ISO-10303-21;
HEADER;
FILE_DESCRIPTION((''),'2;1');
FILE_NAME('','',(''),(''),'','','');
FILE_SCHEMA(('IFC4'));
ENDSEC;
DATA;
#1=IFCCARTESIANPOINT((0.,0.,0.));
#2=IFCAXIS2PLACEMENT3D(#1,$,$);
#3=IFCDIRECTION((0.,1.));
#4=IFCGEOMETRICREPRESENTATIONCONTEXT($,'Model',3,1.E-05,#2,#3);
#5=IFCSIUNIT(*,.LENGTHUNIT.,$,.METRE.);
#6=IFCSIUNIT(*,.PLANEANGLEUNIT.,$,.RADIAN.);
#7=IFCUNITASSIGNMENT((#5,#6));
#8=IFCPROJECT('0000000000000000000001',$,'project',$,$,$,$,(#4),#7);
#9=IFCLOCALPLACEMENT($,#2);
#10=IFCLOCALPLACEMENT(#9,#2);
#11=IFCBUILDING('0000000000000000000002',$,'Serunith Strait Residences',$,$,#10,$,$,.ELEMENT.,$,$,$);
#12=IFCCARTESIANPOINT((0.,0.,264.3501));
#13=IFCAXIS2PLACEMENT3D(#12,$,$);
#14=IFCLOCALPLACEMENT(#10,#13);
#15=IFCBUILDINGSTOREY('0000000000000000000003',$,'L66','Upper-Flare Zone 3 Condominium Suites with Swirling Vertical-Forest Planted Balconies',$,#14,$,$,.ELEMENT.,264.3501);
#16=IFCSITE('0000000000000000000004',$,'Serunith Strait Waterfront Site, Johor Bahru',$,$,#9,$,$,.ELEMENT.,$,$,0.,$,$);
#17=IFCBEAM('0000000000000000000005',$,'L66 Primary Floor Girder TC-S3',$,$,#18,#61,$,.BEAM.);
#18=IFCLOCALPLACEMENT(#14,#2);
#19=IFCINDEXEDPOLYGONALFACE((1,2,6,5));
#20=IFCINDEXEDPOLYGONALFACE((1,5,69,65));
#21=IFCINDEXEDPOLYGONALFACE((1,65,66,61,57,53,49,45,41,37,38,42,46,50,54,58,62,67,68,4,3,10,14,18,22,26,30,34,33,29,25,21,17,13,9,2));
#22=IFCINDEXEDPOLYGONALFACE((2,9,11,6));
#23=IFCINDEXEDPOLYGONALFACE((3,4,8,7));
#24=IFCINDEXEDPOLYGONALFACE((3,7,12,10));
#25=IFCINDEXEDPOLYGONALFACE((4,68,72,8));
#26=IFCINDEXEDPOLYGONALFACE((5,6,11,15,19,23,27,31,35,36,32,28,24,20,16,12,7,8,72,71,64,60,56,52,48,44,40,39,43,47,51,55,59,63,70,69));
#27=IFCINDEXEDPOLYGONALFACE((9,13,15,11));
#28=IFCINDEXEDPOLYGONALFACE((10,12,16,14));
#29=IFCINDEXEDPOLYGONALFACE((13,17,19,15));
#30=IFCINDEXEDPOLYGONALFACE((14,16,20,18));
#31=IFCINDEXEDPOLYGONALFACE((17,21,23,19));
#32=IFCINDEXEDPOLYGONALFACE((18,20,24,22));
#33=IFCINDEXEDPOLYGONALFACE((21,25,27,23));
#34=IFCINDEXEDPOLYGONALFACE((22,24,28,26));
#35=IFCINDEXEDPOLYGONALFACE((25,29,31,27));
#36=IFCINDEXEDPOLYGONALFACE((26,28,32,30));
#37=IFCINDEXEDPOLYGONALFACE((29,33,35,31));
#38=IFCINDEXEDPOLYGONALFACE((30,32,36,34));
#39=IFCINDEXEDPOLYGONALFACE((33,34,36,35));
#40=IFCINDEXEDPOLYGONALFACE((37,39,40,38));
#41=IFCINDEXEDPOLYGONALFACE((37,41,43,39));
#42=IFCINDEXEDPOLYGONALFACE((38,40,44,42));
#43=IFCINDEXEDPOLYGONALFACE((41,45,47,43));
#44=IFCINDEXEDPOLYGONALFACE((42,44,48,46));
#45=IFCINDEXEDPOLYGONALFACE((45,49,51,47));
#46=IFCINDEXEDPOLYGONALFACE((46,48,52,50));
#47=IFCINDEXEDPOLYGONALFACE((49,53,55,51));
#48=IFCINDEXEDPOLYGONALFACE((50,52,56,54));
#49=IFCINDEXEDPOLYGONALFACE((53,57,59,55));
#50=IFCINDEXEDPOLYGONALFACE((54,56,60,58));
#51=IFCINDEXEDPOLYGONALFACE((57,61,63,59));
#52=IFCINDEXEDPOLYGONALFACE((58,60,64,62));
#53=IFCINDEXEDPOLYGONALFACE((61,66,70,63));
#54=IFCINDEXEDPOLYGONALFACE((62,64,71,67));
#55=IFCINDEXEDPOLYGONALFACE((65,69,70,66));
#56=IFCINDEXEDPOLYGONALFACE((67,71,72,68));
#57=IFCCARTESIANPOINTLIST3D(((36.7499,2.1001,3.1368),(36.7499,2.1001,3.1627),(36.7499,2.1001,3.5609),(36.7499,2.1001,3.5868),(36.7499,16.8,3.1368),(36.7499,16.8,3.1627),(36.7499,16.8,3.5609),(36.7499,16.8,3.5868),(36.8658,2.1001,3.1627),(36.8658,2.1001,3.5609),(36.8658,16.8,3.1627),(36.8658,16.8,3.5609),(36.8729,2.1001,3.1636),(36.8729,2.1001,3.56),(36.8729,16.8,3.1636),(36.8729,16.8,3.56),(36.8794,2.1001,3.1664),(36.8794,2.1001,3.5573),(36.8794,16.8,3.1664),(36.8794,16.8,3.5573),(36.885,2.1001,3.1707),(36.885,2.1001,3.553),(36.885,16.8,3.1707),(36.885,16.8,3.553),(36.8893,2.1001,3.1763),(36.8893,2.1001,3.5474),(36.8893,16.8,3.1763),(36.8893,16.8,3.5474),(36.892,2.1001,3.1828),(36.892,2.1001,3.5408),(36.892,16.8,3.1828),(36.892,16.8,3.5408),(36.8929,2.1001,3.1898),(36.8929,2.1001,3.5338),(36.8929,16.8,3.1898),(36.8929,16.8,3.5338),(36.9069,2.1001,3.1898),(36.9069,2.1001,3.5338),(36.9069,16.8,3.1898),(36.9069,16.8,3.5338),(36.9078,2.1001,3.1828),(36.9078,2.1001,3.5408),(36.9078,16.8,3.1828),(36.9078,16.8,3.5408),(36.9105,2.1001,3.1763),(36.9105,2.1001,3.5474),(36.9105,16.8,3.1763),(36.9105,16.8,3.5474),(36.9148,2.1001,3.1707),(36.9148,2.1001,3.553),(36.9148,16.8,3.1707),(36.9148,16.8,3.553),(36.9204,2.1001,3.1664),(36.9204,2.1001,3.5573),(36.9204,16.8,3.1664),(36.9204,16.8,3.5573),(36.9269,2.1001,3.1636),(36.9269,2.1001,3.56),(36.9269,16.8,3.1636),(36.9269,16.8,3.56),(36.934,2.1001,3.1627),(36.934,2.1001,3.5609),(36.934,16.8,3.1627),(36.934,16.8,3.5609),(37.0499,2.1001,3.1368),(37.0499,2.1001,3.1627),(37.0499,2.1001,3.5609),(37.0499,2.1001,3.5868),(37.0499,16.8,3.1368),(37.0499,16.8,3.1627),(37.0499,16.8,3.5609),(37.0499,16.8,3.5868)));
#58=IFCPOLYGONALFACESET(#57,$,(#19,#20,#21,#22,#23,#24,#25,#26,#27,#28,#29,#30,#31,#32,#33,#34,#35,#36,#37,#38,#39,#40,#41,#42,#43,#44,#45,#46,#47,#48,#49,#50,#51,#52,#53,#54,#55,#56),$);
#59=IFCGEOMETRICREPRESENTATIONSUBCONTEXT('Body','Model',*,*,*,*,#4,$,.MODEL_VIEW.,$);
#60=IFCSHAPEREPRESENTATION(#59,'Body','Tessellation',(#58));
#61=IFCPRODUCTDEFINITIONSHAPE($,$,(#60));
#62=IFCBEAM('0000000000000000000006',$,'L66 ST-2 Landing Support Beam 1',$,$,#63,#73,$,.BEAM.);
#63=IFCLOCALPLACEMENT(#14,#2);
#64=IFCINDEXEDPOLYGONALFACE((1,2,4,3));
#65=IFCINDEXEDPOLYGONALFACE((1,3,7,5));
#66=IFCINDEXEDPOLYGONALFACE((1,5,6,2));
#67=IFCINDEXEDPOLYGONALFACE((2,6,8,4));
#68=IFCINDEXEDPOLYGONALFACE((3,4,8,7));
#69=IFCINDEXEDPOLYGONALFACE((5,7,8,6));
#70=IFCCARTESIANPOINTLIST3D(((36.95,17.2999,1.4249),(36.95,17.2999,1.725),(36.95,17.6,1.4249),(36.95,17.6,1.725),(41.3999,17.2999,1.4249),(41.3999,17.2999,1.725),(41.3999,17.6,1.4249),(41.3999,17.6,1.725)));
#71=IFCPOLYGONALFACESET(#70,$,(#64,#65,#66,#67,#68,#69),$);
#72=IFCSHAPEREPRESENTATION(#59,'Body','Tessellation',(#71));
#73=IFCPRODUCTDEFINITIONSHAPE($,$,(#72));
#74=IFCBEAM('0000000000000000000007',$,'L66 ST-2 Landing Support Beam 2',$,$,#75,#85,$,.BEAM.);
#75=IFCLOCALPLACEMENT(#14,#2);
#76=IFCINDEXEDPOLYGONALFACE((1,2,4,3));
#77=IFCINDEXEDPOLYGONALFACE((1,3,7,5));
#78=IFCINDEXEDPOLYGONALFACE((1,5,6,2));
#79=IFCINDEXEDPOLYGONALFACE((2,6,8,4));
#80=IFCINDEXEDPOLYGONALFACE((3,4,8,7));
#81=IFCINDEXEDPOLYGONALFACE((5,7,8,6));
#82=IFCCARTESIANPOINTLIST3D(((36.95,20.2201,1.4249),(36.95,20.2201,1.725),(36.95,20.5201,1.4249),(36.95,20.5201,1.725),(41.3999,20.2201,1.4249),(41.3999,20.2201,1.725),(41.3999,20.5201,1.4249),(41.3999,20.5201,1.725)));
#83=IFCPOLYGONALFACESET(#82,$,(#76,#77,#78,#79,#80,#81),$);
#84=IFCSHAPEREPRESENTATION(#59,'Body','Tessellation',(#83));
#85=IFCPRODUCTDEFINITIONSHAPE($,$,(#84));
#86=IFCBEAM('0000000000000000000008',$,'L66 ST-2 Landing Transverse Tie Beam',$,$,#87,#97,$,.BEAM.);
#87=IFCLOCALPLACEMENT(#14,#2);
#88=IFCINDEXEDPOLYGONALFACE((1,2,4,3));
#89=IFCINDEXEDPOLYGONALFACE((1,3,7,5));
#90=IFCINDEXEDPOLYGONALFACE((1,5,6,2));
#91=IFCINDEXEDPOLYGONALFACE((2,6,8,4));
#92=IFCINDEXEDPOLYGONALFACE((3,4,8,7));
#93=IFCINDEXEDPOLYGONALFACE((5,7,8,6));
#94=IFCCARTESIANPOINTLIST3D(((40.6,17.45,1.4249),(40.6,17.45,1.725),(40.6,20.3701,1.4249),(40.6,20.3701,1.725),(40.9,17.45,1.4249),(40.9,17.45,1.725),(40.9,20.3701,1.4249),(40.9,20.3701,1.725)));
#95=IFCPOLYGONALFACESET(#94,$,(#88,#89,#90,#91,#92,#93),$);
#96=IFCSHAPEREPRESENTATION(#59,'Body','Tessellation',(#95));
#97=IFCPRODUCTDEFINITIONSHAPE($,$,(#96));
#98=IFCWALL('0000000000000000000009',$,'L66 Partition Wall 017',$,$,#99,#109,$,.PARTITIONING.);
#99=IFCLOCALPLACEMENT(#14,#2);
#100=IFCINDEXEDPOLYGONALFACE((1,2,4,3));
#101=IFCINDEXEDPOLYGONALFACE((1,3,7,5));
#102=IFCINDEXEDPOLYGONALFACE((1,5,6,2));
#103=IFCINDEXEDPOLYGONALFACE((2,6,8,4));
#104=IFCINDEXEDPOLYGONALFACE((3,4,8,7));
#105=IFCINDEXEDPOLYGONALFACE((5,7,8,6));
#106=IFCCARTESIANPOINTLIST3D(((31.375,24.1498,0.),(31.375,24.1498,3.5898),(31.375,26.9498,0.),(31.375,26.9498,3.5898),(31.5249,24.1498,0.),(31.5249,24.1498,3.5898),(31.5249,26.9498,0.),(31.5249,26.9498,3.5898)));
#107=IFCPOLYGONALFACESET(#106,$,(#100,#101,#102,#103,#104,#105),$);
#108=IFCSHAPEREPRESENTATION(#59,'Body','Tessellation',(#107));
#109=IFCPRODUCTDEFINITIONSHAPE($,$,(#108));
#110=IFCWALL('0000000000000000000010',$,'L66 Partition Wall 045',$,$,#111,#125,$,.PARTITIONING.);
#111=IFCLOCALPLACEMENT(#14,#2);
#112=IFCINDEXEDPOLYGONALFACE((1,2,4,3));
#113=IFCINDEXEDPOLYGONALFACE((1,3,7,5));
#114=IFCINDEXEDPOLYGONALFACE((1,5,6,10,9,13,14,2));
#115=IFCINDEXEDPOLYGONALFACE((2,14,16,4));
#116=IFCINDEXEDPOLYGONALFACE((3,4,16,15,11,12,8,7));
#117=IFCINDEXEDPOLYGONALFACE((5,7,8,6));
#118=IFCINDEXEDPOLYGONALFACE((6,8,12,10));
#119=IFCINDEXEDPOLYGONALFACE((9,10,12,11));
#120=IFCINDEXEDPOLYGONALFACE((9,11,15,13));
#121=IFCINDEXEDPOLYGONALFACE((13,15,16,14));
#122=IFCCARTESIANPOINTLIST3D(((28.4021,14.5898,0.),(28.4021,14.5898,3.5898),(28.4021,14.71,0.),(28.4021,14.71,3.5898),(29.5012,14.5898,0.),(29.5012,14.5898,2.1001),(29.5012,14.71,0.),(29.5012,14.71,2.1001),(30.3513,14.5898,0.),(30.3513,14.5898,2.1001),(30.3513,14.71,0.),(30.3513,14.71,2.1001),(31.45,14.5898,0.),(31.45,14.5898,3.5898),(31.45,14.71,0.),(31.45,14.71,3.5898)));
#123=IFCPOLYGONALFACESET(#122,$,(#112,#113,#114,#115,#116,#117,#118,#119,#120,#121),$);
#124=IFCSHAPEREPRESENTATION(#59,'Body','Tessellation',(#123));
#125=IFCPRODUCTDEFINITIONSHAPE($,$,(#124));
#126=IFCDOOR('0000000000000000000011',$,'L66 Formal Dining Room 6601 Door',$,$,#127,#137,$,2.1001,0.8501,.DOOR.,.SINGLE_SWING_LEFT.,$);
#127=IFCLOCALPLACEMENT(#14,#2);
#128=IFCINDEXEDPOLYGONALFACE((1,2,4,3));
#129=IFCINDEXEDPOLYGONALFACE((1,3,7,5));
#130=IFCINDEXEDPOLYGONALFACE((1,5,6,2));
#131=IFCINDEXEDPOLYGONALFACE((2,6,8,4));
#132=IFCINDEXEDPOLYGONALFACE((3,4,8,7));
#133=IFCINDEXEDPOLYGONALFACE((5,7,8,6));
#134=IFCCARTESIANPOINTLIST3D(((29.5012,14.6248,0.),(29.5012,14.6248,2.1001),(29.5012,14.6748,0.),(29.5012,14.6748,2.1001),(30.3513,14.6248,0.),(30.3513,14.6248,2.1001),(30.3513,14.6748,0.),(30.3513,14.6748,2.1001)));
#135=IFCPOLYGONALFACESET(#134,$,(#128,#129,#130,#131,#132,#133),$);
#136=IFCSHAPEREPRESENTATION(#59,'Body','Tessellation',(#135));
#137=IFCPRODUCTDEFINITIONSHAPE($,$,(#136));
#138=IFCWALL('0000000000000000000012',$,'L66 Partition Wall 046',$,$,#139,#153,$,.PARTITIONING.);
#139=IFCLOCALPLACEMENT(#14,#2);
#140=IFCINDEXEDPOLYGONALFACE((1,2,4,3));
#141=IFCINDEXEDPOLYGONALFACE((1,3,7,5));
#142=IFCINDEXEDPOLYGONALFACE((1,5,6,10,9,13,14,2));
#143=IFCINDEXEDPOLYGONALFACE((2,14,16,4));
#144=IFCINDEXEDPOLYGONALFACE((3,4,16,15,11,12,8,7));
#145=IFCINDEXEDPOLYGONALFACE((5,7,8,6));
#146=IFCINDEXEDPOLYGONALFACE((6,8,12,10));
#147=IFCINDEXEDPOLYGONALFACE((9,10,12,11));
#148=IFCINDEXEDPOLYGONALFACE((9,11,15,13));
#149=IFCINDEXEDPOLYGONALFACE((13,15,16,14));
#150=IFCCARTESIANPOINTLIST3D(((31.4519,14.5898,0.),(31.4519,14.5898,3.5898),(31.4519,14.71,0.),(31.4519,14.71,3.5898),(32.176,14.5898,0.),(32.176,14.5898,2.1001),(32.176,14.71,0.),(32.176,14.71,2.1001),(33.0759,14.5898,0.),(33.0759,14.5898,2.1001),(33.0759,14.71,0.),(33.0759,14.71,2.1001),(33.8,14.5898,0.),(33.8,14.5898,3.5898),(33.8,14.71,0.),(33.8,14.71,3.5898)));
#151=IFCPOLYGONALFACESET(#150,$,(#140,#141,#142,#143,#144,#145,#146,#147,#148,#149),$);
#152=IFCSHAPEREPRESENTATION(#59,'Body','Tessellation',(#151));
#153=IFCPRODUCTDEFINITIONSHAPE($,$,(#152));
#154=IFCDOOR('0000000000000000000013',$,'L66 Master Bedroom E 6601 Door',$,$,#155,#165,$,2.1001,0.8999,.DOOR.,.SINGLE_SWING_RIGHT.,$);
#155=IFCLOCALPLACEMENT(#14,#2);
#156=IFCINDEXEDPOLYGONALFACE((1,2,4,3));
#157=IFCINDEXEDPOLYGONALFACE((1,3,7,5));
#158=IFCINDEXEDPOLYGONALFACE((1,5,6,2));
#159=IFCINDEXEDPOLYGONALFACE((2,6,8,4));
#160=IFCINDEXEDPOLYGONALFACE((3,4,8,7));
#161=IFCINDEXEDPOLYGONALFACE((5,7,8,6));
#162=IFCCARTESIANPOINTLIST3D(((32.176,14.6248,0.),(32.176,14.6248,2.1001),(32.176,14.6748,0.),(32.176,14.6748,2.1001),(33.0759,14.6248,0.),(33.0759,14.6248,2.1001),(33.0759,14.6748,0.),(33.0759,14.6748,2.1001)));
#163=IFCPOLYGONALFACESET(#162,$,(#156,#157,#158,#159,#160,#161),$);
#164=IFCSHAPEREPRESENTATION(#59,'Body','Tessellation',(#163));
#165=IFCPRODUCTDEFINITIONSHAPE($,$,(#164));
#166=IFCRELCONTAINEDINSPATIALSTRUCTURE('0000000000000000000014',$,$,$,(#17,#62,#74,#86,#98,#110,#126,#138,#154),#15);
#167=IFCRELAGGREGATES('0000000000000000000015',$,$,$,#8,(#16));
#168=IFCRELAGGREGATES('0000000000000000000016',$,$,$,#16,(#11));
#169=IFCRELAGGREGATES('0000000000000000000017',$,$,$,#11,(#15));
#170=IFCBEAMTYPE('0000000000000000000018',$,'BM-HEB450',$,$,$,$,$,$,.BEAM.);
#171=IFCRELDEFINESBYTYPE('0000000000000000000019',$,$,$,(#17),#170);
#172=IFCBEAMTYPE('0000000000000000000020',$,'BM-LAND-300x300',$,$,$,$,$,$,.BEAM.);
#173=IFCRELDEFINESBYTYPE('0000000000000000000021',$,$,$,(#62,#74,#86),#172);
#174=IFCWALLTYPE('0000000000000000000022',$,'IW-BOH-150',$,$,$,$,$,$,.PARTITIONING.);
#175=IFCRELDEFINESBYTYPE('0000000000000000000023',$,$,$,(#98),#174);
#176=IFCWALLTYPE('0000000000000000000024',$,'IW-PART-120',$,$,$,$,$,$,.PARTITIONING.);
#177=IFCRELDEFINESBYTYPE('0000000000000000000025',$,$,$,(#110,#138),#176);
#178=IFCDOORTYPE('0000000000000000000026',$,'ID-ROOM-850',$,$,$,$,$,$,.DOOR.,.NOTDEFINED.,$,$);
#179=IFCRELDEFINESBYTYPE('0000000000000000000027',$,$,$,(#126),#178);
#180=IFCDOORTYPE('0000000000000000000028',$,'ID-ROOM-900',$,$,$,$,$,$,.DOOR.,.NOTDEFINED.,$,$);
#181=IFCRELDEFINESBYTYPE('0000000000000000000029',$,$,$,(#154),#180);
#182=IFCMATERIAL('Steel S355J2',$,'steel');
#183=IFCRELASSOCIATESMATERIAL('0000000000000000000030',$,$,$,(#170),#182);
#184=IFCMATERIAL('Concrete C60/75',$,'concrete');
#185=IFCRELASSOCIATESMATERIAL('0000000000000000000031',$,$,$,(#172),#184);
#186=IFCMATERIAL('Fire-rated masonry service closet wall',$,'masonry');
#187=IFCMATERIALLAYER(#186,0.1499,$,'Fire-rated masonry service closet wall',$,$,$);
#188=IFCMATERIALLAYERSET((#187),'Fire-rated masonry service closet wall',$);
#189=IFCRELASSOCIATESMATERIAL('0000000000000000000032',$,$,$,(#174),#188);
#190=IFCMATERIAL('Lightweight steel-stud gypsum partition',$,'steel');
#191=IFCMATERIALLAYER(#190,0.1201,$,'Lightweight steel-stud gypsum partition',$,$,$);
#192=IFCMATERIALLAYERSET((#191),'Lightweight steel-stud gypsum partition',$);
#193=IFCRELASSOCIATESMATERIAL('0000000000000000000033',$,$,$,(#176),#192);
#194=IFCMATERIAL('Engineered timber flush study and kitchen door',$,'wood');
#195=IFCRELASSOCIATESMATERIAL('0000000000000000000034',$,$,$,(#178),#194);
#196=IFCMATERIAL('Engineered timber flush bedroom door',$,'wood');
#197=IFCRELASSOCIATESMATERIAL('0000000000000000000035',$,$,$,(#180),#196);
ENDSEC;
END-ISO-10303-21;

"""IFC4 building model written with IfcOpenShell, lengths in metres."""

from ifc_helpers import new_model, si_unit, direction, frame, frame_2d, origin, origin_2d, place, context, subcontext, project, spatial, rectangle, i_section, extrude, source, transform, mapped, material, layer, layer_set, material_profile, profile_set, type_object, element, fill, save


model = new_model("IFC4")

# Units and contexts
model_context = context("Model", 3, precision=1e-05, world=origin(), true_north=direction((0.0, 1.0)))
body_context = subcontext(model_context, "Body", "Model", "MODEL_VIEW")
ifc_project = project(units=[si_unit("LENGTHUNIT", "METRE"), si_unit("PLANEANGLEUNIT", "RADIAN")], contexts=[model_context])

# Site, building, storey
site_placement = place(None, origin())
site = spatial("IfcSite", under=ifc_project, at=site_placement, Name="Serunith Strait Waterfront Site, Johor Bahru", CompositionType="ELEMENT", RefElevation=0.0)
building_placement = place(site_placement, origin())
building = spatial("IfcBuilding", under=site, at=building_placement, Name="Serunith Strait Residences", CompositionType="ELEMENT")
storey_placement = place(building_placement, frame((0.0, 0.0, 264.3501)))
storey = spatial("IfcBuildingStorey", under=building, at=storey_placement, Name="L66", Description="Upper-Flare Zone 3 Condominium Suites with Swirling Vertical-Forest Planted Balconies", CompositionType="ELEMENT", Elevation=264.3501)

# Beams
ifc_material_1 = material(Name="Steel S355J2", Category="steel")
ifc_material_profile_1 = material_profile(ifc_material_1, i_section(OverallWidth=0.3, OverallDepth=0.45, WebThickness=0.0139, FlangeThickness=0.0259, FilletRadius=0.0271, at=origin_2d()), Name="HEB 450")
ifc_profile_set_1 = profile_set([ifc_material_profile_1], Name="Steel S355J2")
beam_type_1 = type_object("IfcBeamType", Name="BM-HEB450", PredefinedType="BEAM", material=ifc_profile_set_1)
shared_shape_1 = source(origin(), body_context, "Body", "SweptSolid", [
    extrude(i_section(OverallWidth=0.3, OverallDepth=0.45, WebThickness=0.0139, FlangeThickness=0.0259, FilletRadius=0.0271, at=origin_2d()), origin(), (0.0, 0.0, 1.0), 14.7),
])
beam_1_placement = place(storey_placement, frame((36.8999, 16.8, 3.3618), z_axis=(0.0, -1.0, 0.0), x_axis=(1.0, 0.0, 0.0)))
element("IfcBeam", 1, at=beam_1_placement, inside=storey, type_object=beam_type_1, Name="L66 Primary Floor Girder TC-S3", PredefinedType="BEAM", context=body_context, shape_type="MappedRepresentation", body=[
    mapped(shared_shape_1, transform((0.0, 0.0, 0.0), scale=1.0)),
])
ifc_material_2 = material(Name="Concrete C60/75", Category="concrete")
ifc_material_profile_2 = material_profile(ifc_material_2, rectangle(XDim=0.3, YDim=0.3, at=origin_2d()), Name="RC 300x300")
ifc_profile_set_2 = profile_set([ifc_material_profile_2], Name="Concrete C60/75")
beam_type_2 = type_object("IfcBeamType", Name="BM-LAND-300x300", PredefinedType="BEAM", material=ifc_profile_set_2)
shared_shape_2 = source(origin(), body_context, "Body", "SweptSolid", [
    extrude(rectangle(XDim=0.3, YDim=0.3, at=origin_2d()), origin(), (0.0, 0.0, 1.0), 4.45),
])
for number, where, z_axis, x_axis, name in (
    (2, (36.95, 17.45, 1.575), (1.0, 0.0, 0.0), (0.0, 1.0, 0.0), "L66 ST-2 Landing Support Beam 1"),
    (3, (36.95, 20.3701, 1.575), (1.0, 0.0, 0.0), (0.0, 1.0, 0.0), "L66 ST-2 Landing Support Beam 2"),
):
    element("IfcBeam", number, at=place(storey_placement, frame(where, z_axis=z_axis, x_axis=x_axis)), inside=storey, type_object=beam_type_2, Name=name, PredefinedType="BEAM", context=body_context, shape_type="MappedRepresentation", body=[
        mapped(shared_shape_2, transform((0.0, 0.0, 0.0), scale=1.0)),
    ])
shared_shape_3 = source(origin(), body_context, "Body", "SweptSolid", [
    extrude(rectangle(XDim=0.3, YDim=0.3, at=origin_2d()), origin(), (0.0, 0.0, 1.0), 2.9202),
])
beam_2_placement = place(storey_placement, frame((40.75, 17.45, 1.575), z_axis=(0.0, 1.0, 0.0), x_axis=(-1.0, 0.0, 0.0)))
element("IfcBeam", 4, at=beam_2_placement, inside=storey, type_object=beam_type_2, Name="L66 ST-2 Landing Transverse Tie Beam", PredefinedType="BEAM", context=body_context, shape_type="MappedRepresentation", body=[
    mapped(shared_shape_3, transform((0.0, 0.0, 0.0), scale=1.0)),
])

# Wall
ifc_material_3 = material(Name="Fire-rated masonry service closet wall", Category="masonry")
ifc_layer_1 = layer(ifc_material_3, 0.1499, Name="Fire-rated masonry service closet wall")
ifc_layer_set_1 = layer_set([ifc_layer_1], Name="Fire-rated masonry service closet wall")
wall_type_1 = type_object("IfcWallType", Name="IW-BOH-150", PredefinedType="PARTITIONING", material=ifc_layer_set_1)
wall_1_placement = place(storey_placement, frame((31.45, 24.1499, 0.0), z_axis=(0.0, 0.0, 1.0), x_axis=(0.0, 1.0, 0.0)))
element("IfcWall", 5, at=wall_1_placement, inside=storey, type_object=wall_type_1, Name="L66 Partition Wall 017", PredefinedType="PARTITIONING", context=body_context, shape_type="SweptSolid", body=[
    extrude(rectangle(XDim=2.8, YDim=0.1499, at=frame_2d((1.3999, 0.0))), origin(), (0.0, 0.0, 1.0), 3.5898),
])

# Walls, openings, doors
ifc_material_4 = material(Name="Lightweight steel-stud gypsum partition", Category="steel")
ifc_layer_2 = layer(ifc_material_4, 0.1201, Name="Lightweight steel-stud gypsum partition")
ifc_layer_set_2 = layer_set([ifc_layer_2], Name="Lightweight steel-stud gypsum partition")
wall_type_2 = type_object("IfcWallType", Name="IW-PART-120", PredefinedType="PARTITIONING", material=ifc_layer_set_2)
wall_2_placement = place(storey_placement, frame((28.4021, 14.6499, 0.0), z_axis=(0.0, 0.0, 1.0), x_axis=(1.0, 0.0, 0.0)))
wall_2 = element("IfcWall", 6, at=wall_2_placement, inside=storey, type_object=wall_type_2, Name="L66 Partition Wall 045", PredefinedType="PARTITIONING", context=body_context, shape_type="SweptSolid", body=[
    extrude(rectangle(XDim=3.0479, YDim=0.1201, at=frame_2d((1.5239, 0.0))), origin(), (0.0, 0.0, 1.0), 3.5898),
])
opening_1_placement = place(wall_2_placement, frame((1.0991, 0.0, 0.0)))
opening_1 = element("IfcOpeningElement", 7, at=opening_1_placement, cuts=wall_2, PredefinedType="OPENING", context=body_context, shape_type="SweptSolid", body=[
    extrude(rectangle(XDim=0.8501, YDim=2.1001, at=frame_2d((0.425, 1.05))), frame((0.0, 0.0701, 0.0), z_axis=(0.0, -1.0, 0.0), x_axis=(1.0, 0.0, 0.0)), (0.0, 0.0, 1.0), 0.1401),
])
ifc_material_5 = material(Name="Engineered timber flush study and kitchen door", Category="wood")
door_type_1 = type_object("IfcDoorType", Name="ID-ROOM-850", OperationType="NOTDEFINED", PredefinedType="DOOR", material=ifc_material_5)
shared_shape_4 = source(origin(), body_context, "Body", "SweptSolid", [
    extrude(rectangle(XDim=0.8501, YDim=2.1001, at=frame_2d((0.425, 1.05))), frame((0.0, 0.0249, 0.0), z_axis=(0.0, -1.0, 0.0), x_axis=(1.0, 0.0, 0.0)), (0.0, 0.0, 1.0), 0.05),
])
door_1_placement = place(opening_1_placement, origin())
door_1 = element("IfcDoor", 8, at=door_1_placement, inside=storey, type_object=door_type_1, Name="L66 Formal Dining Room 6601 Door", OperationType="SINGLE_SWING_LEFT", OverallHeight=2.1001, OverallWidth=0.8501, PredefinedType="DOOR", context=body_context, shape_type="MappedRepresentation", body=[
    mapped(shared_shape_4, transform((0.0, 0.0, 0.0), scale=1.0)),
])
fill(opening_1, door_1)
wall_3_placement = place(storey_placement, frame((31.4519, 14.6499, 0.0), z_axis=(0.0, 0.0, 1.0), x_axis=(1.0, 0.0, 0.0)))
wall_3 = element("IfcWall", 9, at=wall_3_placement, inside=storey, type_object=wall_type_2, Name="L66 Partition Wall 046", PredefinedType="PARTITIONING", context=body_context, shape_type="SweptSolid", body=[
    extrude(rectangle(XDim=2.3481, YDim=0.1201, at=frame_2d((1.1741, 0.0))), origin(), (0.0, 0.0, 1.0), 3.5898),
])
opening_2_placement = place(wall_3_placement, frame((0.7241, 0.0, 0.0)))
opening_2 = element("IfcOpeningElement", 10, at=opening_2_placement, cuts=wall_3, PredefinedType="OPENING", context=body_context, shape_type="SweptSolid", body=[
    extrude(rectangle(XDim=0.8999, YDim=2.1001, at=frame_2d((0.45, 1.05))), frame((0.0, 0.0701, 0.0), z_axis=(0.0, -1.0, 0.0), x_axis=(1.0, 0.0, 0.0)), (0.0, 0.0, 1.0), 0.1401),
])
ifc_material_6 = material(Name="Engineered timber flush bedroom door", Category="wood")
door_type_2 = type_object("IfcDoorType", Name="ID-ROOM-900", OperationType="NOTDEFINED", PredefinedType="DOOR", material=ifc_material_6)
shared_shape_5 = source(origin(), body_context, "Body", "SweptSolid", [
    extrude(rectangle(XDim=0.8999, YDim=2.1001, at=frame_2d((0.45, 1.05))), frame((0.0, 0.0249, 0.0), z_axis=(0.0, -1.0, 0.0), x_axis=(1.0, 0.0, 0.0)), (0.0, 0.0, 1.0), 0.05),
])
door_2_placement = place(opening_2_placement, origin())
door_2 = element("IfcDoor", 11, at=door_2_placement, inside=storey, type_object=door_type_2, Name="L66 Master Bedroom E 6601 Door", OperationType="SINGLE_SWING_RIGHT", OverallHeight=2.1001, OverallWidth=0.8999, PredefinedType="DOOR", context=body_context, shape_type="MappedRepresentation", body=[
    mapped(shared_shape_5, transform((0.0, 0.0, 0.0), scale=1.0)),
])
fill(opening_2, door_2)

save(model, "model.ifc")
